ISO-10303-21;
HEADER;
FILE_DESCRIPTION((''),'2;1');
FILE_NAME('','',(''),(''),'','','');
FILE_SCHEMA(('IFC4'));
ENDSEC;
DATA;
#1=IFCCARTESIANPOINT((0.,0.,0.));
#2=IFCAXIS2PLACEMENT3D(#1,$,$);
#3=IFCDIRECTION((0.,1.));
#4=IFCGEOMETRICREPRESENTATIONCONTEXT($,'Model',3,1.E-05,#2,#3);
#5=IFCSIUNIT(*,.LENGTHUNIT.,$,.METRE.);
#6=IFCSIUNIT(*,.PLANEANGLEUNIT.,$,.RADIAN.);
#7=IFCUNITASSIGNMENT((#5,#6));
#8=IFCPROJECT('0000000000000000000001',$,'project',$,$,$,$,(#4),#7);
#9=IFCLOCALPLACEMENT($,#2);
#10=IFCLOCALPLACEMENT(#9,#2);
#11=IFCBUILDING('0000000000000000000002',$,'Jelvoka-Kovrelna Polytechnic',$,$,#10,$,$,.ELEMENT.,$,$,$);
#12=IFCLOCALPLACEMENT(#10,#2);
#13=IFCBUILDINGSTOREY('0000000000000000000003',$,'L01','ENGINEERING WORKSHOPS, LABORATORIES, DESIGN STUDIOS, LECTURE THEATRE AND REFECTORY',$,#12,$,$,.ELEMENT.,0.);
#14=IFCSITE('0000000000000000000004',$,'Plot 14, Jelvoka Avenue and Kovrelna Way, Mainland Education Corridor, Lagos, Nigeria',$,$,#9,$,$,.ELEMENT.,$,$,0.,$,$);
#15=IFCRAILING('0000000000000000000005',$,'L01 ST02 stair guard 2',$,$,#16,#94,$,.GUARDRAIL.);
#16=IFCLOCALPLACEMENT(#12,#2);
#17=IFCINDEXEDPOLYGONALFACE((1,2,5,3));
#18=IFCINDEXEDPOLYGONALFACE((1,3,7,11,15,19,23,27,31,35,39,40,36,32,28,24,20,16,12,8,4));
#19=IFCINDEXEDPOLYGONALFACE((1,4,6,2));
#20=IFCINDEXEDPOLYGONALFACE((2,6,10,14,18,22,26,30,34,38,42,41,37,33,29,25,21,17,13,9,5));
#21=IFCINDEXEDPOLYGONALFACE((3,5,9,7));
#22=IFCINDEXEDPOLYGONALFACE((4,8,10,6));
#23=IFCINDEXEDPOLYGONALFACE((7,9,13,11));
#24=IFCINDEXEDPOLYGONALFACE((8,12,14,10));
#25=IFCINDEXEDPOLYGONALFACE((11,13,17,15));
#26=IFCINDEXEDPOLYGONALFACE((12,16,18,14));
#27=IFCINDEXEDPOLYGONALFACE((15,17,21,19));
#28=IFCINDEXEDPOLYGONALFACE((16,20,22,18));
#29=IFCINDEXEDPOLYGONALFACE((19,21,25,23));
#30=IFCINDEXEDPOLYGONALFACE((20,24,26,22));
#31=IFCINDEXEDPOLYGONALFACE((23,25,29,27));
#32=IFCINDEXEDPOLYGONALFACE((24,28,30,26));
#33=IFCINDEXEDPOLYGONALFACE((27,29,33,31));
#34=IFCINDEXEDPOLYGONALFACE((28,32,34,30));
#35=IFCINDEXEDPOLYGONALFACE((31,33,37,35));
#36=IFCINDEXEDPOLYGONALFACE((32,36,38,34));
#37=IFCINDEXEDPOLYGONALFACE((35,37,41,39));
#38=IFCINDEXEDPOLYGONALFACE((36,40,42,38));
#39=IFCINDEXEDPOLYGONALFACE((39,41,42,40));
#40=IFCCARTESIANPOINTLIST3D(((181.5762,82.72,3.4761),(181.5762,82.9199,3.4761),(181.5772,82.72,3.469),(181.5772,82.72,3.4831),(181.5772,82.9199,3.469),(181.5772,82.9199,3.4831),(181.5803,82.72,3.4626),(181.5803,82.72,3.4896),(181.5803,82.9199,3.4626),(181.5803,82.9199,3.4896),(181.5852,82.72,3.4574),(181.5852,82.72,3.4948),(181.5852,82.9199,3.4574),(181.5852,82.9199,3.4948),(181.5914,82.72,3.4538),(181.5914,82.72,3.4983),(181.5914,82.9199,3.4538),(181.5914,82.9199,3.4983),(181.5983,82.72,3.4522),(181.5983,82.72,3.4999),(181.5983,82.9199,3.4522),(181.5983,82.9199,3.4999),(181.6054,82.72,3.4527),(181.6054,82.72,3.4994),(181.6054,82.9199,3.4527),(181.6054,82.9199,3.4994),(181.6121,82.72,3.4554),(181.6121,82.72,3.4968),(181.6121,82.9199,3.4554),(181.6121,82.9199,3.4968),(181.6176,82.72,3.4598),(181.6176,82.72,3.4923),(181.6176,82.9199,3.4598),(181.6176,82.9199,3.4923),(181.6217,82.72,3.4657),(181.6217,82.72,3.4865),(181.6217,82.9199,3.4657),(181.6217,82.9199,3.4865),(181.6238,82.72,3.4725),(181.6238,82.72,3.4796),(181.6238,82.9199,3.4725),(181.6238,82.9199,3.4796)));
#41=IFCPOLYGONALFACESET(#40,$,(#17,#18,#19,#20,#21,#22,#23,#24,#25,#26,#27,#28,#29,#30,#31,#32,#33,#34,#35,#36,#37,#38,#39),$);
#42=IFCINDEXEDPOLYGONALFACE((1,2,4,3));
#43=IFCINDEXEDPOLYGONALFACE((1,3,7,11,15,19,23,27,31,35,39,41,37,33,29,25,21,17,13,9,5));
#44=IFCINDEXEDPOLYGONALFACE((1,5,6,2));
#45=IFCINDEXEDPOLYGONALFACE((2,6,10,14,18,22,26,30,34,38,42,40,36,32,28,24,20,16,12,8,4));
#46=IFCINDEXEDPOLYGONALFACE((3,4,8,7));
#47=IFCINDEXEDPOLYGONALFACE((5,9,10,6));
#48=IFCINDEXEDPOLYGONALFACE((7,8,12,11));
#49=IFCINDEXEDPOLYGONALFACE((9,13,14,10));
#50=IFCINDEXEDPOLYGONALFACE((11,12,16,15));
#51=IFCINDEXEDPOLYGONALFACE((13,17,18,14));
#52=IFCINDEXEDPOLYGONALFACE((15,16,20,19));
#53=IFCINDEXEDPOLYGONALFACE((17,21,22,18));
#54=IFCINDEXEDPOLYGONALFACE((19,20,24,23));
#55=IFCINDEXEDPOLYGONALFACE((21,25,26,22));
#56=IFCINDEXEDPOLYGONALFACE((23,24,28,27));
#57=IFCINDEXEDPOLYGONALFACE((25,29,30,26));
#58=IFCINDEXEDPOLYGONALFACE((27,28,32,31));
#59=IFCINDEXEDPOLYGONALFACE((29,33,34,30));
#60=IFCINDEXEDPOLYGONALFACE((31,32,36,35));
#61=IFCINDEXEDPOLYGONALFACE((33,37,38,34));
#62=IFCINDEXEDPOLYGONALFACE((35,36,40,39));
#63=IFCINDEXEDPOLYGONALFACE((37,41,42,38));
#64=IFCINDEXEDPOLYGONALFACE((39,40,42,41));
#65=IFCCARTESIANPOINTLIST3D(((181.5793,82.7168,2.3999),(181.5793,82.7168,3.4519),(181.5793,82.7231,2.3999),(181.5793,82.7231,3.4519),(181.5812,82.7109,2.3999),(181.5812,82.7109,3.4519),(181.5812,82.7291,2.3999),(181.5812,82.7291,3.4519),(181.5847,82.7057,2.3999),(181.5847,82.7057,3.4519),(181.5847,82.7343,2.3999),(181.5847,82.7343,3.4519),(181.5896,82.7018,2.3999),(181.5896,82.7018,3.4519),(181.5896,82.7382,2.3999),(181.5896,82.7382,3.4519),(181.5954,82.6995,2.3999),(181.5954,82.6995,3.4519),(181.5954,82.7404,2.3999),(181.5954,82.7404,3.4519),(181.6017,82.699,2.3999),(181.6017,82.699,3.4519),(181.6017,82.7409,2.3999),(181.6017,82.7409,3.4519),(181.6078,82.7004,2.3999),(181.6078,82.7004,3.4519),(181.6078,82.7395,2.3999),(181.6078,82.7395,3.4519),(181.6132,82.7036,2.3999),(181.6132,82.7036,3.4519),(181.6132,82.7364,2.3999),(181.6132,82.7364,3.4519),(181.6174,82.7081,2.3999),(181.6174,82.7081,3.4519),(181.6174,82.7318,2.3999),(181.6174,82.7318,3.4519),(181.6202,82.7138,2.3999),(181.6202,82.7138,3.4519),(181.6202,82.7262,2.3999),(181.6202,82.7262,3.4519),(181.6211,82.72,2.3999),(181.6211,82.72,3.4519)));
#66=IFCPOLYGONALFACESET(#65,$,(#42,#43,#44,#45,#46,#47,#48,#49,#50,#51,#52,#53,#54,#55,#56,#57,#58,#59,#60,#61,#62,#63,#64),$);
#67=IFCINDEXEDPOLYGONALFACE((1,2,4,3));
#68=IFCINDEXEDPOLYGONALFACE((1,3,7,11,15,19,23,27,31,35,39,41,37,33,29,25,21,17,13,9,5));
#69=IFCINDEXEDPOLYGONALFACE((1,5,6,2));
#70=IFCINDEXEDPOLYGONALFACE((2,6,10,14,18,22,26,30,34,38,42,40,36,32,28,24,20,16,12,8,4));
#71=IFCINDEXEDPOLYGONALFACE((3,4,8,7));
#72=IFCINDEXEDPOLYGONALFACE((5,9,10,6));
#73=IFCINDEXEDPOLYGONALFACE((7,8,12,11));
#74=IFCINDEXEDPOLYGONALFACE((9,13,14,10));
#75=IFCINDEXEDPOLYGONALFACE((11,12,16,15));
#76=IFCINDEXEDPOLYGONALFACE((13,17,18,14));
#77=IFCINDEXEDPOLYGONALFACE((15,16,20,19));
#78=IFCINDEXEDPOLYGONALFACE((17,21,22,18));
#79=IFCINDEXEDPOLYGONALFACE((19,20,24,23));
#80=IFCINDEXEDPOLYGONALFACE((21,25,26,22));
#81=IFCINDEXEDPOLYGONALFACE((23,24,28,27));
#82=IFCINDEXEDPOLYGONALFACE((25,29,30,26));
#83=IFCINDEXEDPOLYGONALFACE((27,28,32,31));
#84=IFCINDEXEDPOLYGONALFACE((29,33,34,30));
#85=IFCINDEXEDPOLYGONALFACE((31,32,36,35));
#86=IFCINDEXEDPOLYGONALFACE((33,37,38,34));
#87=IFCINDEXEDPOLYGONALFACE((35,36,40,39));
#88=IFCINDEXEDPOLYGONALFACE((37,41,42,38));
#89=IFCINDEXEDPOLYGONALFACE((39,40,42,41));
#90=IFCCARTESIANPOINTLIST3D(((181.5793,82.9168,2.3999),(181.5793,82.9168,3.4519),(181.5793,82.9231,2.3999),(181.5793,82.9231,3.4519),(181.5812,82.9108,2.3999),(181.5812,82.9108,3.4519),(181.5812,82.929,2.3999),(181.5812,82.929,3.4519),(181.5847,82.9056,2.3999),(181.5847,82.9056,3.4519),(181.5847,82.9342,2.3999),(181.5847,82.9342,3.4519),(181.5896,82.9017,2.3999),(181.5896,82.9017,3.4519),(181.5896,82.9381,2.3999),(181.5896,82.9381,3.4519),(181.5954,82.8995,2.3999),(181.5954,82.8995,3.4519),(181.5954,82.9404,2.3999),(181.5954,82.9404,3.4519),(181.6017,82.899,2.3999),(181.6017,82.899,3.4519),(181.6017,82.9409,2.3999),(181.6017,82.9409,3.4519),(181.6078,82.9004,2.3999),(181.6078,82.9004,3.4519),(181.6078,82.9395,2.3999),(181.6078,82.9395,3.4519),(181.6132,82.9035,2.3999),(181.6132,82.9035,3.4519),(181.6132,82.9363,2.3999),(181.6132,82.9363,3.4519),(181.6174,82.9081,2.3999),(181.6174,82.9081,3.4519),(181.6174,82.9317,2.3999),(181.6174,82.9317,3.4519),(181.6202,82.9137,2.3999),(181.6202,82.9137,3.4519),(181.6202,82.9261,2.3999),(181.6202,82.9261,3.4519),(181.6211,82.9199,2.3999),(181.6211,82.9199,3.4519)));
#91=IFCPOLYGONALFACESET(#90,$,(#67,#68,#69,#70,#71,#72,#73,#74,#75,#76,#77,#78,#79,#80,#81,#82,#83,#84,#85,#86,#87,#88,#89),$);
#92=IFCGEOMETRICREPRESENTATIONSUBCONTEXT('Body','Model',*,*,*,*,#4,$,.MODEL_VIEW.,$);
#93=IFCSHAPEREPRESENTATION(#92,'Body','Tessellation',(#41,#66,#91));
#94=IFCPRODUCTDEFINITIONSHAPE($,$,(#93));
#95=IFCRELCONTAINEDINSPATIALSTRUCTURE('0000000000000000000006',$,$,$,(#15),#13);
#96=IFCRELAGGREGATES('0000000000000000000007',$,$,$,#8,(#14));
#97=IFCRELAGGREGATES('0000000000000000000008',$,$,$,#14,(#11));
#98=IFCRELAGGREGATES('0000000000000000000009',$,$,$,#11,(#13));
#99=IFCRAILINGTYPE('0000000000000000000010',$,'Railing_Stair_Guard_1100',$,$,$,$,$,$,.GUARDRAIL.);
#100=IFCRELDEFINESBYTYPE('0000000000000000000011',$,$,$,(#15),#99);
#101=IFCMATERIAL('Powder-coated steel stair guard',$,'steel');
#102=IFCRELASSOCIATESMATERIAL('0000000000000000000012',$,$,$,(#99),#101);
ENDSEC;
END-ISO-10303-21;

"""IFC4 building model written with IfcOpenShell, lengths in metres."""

from ifc_helpers import new_model, si_unit, direction, frame, origin, origin_2d, place, context, subcontext, project, spatial, circle, extrude, material, type_object, element, save


model = new_model("IFC4")

# Units and contexts
model_context = context("Model", 3, precision=1e-05, world=origin(), true_north=direction((0.0, 1.0)))
body_context = subcontext(model_context, "Body", "Model", "MODEL_VIEW")
ifc_project = project(units=[si_unit("LENGTHUNIT", "METRE"), si_unit("PLANEANGLEUNIT", "RADIAN")], contexts=[model_context])

# Site, building, storey
site_placement = place(None, origin())
site = spatial("IfcSite", under=ifc_project, at=site_placement, Name="Plot 14, Jelvoka Avenue and Kovrelna Way, Mainland Education Corridor, Lagos, Nigeria", CompositionType="ELEMENT", RefElevation=0.0)
building_placement = place(site_placement, origin())
building = spatial("IfcBuilding", under=site, at=building_placement, Name="Jelvoka-Kovrelna Polytechnic", CompositionType="ELEMENT")
storey_placement = place(building_placement, origin())
storey = spatial("IfcBuildingStorey", under=building, at=storey_placement, Name="L01", Description="ENGINEERING WORKSHOPS, LABORATORIES, DESIGN STUDIOS, LECTURE THEATRE AND REFECTORY", CompositionType="ELEMENT", Elevation=0.0)

# Railing
ifc_material_1 = material(Name="Powder-coated steel stair guard", Category="steel")
railing_type_1 = type_object("IfcRailingType", Name="Railing_Stair_Guard_1100", PredefinedType="GUARDRAIL", material=ifc_material_1)
railing_1_placement = place(storey_placement, frame((181.6001, 82.72, 2.3999)))
element("IfcRailing", 1, at=railing_1_placement, inside=storey, type_object=railing_type_1, Name="L01 ST02 stair guard 2", PredefinedType="GUARDRAIL", context=body_context, shape_type="SweptSolid", body=[
    extrude(circle(Radius=0.0239, at=origin_2d()), frame((0.0, 0.0, 1.0762), z_axis=(0.0, 1.0, 0.0), x_axis=(-1.0, 0.0, 0.0)), (0.0, 0.0, 1.0), 0.2),
    extrude(circle(Radius=0.021, at=origin_2d()), origin(), (0.0, 0.0, 1.0), 1.052),
    extrude(circle(Radius=0.021, at=origin_2d()), frame((0.0, 0.2, 0.0)), (0.0, 0.0, 1.0), 1.052),
])

save(model, "model.ifc")
